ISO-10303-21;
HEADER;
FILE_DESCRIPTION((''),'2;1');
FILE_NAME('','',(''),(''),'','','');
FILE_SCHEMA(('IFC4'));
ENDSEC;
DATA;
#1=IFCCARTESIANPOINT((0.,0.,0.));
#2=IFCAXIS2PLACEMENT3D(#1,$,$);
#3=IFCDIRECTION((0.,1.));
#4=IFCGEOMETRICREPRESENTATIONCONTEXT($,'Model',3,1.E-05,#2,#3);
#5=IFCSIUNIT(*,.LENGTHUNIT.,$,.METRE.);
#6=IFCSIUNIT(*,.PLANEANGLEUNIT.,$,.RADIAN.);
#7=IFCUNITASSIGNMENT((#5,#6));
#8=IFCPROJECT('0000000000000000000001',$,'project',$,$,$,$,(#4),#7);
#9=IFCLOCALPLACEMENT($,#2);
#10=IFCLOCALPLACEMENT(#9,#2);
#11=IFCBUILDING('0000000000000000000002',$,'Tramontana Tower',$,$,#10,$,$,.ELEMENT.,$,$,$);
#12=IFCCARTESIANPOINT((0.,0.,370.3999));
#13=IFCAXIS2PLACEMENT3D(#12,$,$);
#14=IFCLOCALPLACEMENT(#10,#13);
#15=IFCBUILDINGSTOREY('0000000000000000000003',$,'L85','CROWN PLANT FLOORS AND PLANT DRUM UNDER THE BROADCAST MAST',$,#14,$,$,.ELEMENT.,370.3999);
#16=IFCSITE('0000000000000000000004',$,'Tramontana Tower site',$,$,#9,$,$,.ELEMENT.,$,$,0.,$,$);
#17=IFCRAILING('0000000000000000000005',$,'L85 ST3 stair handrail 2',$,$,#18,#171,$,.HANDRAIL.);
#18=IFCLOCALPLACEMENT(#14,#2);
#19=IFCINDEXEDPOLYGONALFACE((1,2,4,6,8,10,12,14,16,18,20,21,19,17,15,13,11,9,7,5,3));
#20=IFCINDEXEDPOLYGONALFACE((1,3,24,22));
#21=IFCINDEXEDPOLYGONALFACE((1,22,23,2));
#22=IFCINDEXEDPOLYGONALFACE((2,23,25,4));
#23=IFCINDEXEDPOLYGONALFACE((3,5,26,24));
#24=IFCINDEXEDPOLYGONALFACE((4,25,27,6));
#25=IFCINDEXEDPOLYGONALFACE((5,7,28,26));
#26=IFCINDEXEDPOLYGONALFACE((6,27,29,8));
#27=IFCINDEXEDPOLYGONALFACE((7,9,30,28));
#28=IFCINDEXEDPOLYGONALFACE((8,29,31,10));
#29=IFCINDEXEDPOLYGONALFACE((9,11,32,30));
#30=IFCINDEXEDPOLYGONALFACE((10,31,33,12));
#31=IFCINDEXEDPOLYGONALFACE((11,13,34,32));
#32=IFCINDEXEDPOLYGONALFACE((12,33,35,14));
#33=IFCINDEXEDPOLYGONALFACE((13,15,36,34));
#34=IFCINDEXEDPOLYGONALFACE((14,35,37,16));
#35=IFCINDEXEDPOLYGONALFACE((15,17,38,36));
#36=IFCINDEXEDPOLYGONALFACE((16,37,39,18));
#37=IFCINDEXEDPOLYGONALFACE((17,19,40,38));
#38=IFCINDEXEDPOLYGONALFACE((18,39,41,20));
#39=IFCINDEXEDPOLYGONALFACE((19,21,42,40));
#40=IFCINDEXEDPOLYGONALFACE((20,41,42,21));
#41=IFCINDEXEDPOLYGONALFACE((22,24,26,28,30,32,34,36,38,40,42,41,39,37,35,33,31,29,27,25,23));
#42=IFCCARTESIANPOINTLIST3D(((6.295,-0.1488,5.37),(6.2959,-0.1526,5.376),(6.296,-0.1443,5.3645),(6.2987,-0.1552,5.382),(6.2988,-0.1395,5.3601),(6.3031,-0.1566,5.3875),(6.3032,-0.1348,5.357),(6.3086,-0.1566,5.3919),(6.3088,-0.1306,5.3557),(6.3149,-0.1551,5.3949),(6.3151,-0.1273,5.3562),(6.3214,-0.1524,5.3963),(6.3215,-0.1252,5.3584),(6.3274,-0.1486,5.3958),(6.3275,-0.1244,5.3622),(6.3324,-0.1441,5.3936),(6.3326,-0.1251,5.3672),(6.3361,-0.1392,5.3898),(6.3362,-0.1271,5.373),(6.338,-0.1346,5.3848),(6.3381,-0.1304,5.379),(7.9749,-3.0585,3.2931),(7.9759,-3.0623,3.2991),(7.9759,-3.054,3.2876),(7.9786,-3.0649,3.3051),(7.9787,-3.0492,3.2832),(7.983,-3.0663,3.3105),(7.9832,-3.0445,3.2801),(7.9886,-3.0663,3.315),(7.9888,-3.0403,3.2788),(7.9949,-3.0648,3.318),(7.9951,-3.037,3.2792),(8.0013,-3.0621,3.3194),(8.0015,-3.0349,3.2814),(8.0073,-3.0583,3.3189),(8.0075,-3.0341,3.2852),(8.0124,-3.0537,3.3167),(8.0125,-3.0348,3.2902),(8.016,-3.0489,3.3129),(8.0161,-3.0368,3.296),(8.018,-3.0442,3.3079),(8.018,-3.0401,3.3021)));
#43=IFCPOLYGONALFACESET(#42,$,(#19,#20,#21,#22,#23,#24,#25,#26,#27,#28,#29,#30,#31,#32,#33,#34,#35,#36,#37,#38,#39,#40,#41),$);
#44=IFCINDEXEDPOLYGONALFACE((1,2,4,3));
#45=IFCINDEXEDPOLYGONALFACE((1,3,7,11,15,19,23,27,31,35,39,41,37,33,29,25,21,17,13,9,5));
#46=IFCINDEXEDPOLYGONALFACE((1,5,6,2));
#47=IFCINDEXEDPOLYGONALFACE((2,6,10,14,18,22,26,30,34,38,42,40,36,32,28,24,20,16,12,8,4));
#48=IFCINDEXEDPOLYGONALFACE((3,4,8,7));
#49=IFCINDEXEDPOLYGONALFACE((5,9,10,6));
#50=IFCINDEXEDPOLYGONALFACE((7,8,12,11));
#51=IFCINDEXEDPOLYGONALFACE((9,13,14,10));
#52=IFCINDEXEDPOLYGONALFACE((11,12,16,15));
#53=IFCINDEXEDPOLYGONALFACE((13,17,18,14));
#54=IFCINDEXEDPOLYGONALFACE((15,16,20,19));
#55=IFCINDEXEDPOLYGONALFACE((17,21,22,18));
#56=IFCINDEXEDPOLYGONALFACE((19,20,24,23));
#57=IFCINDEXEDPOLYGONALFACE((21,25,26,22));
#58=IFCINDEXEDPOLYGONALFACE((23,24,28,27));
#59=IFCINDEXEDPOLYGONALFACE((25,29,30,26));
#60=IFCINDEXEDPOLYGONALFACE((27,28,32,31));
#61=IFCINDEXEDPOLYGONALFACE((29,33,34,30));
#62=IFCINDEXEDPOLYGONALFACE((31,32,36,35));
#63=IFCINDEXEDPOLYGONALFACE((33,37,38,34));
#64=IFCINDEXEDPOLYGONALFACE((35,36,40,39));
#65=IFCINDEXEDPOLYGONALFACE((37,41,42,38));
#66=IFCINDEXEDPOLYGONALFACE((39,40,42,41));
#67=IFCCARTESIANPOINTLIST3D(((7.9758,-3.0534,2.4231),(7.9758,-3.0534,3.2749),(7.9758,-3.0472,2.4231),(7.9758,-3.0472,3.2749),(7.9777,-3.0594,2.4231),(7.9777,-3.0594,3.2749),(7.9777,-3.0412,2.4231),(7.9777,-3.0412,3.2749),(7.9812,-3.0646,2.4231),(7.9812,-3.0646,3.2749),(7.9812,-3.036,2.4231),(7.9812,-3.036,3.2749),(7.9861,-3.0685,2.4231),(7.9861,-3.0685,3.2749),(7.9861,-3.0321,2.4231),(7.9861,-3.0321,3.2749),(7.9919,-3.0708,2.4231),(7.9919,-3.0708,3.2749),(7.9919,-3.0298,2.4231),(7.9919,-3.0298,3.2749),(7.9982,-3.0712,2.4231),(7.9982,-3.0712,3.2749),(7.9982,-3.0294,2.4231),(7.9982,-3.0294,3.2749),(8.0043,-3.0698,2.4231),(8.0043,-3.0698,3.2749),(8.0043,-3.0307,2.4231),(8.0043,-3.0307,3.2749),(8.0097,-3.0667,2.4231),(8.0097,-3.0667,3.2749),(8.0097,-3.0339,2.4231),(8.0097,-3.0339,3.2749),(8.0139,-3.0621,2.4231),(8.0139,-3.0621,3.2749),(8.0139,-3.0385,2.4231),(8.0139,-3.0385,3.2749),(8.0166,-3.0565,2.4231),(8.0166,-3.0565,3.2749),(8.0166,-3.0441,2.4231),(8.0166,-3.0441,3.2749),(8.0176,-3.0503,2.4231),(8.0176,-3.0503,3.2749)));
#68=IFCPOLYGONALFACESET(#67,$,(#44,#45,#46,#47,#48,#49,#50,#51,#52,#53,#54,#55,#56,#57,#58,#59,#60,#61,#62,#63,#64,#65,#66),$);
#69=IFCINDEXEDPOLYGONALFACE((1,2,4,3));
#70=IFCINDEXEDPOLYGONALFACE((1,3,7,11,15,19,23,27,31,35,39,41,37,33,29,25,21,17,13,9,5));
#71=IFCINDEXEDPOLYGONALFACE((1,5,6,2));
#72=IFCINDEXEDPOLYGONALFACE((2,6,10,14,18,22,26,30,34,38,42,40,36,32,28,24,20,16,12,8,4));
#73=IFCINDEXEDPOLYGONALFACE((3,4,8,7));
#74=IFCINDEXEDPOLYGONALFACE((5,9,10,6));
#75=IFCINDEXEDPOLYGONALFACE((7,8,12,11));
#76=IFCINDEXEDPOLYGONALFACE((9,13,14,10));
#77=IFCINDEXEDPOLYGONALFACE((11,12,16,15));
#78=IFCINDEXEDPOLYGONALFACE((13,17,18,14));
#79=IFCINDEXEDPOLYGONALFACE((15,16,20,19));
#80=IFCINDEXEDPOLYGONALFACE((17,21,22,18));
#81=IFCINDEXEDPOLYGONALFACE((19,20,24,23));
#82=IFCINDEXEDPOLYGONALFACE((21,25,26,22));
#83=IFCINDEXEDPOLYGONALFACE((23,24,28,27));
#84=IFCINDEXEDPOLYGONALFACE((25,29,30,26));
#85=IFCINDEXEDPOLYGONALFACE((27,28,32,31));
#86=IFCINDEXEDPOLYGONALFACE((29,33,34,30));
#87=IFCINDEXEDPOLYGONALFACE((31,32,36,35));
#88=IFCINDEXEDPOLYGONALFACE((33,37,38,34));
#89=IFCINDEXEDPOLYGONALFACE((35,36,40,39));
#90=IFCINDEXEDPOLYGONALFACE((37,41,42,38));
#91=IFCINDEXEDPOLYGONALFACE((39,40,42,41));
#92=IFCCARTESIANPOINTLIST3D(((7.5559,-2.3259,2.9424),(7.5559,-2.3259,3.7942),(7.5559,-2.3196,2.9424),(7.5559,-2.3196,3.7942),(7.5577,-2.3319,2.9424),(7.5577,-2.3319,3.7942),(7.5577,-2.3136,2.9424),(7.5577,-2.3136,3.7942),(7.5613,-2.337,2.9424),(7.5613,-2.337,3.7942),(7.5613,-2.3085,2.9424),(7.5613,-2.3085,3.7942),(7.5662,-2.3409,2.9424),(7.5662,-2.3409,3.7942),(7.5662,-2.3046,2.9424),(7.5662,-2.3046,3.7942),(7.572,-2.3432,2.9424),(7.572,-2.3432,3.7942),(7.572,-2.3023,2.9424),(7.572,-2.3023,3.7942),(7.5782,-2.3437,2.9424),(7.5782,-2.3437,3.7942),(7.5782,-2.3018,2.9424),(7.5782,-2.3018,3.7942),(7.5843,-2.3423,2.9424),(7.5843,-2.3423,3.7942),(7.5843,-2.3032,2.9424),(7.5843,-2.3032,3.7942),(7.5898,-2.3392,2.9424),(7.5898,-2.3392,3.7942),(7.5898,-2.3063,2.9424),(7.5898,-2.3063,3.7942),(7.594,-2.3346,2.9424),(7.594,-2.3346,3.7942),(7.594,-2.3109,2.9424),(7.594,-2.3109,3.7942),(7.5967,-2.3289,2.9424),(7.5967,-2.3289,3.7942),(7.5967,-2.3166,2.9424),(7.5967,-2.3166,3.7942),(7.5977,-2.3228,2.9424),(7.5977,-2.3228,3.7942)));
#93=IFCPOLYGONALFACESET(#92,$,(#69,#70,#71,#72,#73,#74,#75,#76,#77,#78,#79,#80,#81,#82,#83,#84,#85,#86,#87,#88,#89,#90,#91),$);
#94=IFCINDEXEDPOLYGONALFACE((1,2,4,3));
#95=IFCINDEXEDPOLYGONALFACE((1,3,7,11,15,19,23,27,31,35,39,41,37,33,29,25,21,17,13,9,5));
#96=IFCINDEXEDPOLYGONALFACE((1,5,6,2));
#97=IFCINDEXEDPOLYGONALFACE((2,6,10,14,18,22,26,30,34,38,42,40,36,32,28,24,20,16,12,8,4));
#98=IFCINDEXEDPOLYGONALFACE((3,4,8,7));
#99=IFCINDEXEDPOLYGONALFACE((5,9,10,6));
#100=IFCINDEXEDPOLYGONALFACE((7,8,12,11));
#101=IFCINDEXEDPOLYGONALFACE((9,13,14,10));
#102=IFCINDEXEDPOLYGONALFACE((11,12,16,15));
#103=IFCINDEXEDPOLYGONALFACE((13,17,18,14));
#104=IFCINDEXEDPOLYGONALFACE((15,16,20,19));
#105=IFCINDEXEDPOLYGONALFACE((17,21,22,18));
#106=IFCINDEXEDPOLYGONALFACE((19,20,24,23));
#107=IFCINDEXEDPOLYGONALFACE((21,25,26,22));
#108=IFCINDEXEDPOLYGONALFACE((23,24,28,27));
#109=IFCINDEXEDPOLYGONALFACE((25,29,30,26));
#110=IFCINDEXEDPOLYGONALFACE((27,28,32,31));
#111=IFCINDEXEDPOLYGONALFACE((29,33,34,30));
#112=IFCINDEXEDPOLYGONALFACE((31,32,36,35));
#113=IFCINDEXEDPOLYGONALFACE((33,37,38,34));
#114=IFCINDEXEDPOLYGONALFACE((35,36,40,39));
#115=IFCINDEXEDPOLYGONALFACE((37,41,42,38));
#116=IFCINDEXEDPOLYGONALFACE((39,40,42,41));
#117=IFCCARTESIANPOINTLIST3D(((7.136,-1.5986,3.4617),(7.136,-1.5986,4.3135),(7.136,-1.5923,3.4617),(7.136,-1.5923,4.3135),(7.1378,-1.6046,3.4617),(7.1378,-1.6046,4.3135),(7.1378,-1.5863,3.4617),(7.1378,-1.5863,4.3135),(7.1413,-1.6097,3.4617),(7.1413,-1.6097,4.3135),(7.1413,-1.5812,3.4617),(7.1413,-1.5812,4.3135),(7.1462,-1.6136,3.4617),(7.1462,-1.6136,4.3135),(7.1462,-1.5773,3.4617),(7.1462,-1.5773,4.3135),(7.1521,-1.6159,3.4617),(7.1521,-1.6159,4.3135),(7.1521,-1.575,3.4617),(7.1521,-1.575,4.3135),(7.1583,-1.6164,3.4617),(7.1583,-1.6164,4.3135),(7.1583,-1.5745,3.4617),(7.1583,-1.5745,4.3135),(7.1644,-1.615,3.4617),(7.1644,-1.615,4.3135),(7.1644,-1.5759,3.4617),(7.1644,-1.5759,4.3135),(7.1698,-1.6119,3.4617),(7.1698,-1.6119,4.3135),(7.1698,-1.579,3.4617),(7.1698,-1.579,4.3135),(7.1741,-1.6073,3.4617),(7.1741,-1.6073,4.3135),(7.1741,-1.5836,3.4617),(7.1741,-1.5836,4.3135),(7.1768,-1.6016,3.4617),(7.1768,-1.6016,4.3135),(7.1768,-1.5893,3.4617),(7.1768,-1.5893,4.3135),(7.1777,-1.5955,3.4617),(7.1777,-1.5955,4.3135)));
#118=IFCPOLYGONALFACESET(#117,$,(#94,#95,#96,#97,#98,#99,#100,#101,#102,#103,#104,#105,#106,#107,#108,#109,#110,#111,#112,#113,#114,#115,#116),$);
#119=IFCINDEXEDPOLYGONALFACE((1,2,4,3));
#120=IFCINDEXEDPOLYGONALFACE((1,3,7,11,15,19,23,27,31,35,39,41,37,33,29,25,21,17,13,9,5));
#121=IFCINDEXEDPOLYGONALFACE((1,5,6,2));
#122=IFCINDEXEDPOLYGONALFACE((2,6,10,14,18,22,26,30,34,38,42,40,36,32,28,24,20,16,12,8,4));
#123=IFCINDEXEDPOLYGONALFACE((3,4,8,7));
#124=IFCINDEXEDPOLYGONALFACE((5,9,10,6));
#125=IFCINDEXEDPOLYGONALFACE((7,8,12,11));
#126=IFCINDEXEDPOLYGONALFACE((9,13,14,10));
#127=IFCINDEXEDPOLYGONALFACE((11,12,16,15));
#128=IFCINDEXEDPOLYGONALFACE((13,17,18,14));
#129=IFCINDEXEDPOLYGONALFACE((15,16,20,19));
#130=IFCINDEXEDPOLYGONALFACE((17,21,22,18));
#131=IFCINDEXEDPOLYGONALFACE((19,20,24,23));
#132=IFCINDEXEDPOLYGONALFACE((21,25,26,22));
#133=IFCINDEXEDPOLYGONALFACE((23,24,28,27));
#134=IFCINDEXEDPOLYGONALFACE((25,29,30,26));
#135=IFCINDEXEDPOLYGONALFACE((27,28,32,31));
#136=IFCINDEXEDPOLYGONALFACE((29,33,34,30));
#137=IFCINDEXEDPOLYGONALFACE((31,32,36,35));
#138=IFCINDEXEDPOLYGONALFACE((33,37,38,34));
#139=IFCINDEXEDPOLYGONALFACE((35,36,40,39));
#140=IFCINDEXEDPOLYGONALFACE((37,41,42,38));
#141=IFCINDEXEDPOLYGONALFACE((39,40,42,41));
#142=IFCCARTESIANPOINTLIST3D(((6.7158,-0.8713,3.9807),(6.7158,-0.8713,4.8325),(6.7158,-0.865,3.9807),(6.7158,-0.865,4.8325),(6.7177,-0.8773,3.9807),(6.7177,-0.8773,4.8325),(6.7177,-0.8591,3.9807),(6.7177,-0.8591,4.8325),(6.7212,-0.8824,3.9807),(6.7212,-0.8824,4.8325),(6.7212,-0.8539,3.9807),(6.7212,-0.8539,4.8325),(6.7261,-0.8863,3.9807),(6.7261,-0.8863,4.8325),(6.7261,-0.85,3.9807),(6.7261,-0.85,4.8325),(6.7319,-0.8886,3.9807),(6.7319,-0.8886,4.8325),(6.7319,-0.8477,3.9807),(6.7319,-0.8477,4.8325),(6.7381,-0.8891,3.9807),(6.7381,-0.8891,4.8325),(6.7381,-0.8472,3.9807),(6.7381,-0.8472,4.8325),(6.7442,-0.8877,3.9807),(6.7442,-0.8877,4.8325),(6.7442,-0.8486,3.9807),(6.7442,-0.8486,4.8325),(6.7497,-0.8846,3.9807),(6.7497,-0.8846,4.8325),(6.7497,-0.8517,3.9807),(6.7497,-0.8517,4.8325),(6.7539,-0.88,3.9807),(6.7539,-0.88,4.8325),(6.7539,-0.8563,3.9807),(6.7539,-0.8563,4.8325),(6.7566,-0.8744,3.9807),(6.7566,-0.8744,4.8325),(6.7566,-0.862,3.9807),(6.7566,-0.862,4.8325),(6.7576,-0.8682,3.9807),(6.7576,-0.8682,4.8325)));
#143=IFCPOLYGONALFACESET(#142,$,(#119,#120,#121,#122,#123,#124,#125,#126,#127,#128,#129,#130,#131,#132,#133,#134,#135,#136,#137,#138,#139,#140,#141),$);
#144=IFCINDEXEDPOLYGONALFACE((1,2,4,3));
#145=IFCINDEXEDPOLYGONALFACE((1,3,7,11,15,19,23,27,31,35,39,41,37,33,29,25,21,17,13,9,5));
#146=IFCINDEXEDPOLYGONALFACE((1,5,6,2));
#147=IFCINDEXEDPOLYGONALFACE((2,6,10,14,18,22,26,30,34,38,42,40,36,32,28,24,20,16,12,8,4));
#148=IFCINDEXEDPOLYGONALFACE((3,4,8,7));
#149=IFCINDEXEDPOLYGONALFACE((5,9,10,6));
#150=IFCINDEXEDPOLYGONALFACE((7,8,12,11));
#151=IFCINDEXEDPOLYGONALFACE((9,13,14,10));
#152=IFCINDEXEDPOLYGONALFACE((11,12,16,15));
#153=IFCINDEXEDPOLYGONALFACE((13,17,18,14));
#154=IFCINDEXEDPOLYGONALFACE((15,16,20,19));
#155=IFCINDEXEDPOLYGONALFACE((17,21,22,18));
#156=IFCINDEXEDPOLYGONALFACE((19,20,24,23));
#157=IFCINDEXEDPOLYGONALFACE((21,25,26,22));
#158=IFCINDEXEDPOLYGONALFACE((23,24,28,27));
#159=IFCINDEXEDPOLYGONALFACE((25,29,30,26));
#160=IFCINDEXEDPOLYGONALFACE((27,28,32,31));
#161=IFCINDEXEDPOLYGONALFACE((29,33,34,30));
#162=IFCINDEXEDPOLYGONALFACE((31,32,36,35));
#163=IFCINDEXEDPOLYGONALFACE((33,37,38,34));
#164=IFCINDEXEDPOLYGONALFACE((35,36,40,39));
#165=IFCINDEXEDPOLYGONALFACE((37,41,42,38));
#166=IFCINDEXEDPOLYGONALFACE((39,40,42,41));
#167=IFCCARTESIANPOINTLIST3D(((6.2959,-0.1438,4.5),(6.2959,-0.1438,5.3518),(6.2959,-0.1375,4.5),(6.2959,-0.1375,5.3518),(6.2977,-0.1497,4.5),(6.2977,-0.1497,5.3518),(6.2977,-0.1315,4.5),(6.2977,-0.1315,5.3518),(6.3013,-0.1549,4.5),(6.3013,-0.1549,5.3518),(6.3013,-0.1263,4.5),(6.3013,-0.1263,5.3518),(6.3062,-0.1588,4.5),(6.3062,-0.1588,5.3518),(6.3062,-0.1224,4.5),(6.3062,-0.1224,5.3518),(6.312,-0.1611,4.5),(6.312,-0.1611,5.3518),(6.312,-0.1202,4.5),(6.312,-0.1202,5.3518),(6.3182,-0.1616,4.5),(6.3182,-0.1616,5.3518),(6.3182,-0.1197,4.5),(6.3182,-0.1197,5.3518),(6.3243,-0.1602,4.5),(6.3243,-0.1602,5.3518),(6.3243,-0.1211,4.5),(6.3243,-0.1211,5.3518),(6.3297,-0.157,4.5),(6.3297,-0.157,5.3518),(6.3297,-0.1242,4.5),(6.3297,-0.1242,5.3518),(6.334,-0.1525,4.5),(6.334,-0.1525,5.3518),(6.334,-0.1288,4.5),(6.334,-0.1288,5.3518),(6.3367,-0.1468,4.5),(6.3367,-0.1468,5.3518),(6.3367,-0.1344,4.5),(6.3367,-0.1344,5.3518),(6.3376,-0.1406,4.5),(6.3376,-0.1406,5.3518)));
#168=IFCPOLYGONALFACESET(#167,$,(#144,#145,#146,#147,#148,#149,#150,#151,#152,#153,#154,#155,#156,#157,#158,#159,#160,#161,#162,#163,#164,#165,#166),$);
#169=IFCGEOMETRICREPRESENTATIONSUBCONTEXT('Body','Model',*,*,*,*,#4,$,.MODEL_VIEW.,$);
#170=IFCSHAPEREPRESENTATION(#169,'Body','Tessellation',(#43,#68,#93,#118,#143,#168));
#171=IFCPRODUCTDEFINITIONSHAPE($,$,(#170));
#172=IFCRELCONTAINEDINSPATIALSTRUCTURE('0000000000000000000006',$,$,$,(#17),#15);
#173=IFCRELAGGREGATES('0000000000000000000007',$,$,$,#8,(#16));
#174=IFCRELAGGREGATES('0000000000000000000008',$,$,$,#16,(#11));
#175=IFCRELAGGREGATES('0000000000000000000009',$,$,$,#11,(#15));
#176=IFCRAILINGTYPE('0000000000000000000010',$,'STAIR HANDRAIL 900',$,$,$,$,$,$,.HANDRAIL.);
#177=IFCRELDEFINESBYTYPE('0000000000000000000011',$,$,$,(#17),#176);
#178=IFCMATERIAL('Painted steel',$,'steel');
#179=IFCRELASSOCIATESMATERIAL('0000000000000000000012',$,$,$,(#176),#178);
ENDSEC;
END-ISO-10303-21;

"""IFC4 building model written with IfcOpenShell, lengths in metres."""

from ifc_helpers import new_model, si_unit, direction, frame, origin, origin_2d, place, context, subcontext, project, spatial, circle, extrude, material, type_object, element, save


model = new_model("IFC4")

# Units and contexts
model_context = context("Model", 3, precision=1e-05, world=origin(), true_north=direction((0.0, 1.0)))
body_context = subcontext(model_context, "Body", "Model", "MODEL_VIEW")
ifc_project = project(units=[si_unit("LENGTHUNIT", "METRE"), si_unit("PLANEANGLEUNIT", "RADIAN")], contexts=[model_context])

# Site, building, storey
site_placement = place(None, origin())
site = spatial("IfcSite", under=ifc_project, at=site_placement, Name="Tramontana Tower site", CompositionType="ELEMENT", RefElevation=0.0)
building_placement = place(site_placement, origin())
building = spatial("IfcBuilding", under=site, at=building_placement, Name="Tramontana Tower", CompositionType="ELEMENT")
storey_placement = place(building_placement, frame((0.0, 0.0, 370.3999)))
storey = spatial("IfcBuildingStorey", under=building, at=storey_placement, Name="L85", Description="CROWN PLANT FLOORS AND PLANT DRUM UNDER THE BROADCAST MAST", CompositionType="ELEMENT", Elevation=370.3999)

# Railing
ifc_material_1 = material(Name="Painted steel", Category="steel")
railing_type_1 = type_object("IfcRailingType", Name="STAIR HANDRAIL 900", PredefinedType="HANDRAIL", material=ifc_material_1)
railing_1_placement = place(storey_placement, frame((7.9966, -3.0503, 2.4231)))
element("IfcRailing", 1, at=railing_1_placement, inside=storey, type_object=railing_type_1, Name="L85 ST3 stair handrail 2", PredefinedType="HANDRAIL", context=body_context, shape_type="SweptSolid", body=[
    extrude(circle(Radius=0.0239, at=origin_2d()), frame((0.0, 0.0, 0.876), z_axis=(-0.425308, 0.73664, 0.525809), x_axis=(-0.866021, -0.500008, 0.0)), (0.0, 0.0, 1.0), 3.95),
    extrude(circle(Radius=0.021, at=origin_2d()), origin(), (0.0, 0.0, 1.0), 0.8518),
    extrude(circle(Radius=0.021, at=origin_2d()), frame((-0.4199, 0.7275, 0.5193)), (0.0, 0.0, 1.0), 0.8518),
    extrude(circle(Radius=0.021, at=origin_2d()), frame((-0.8398, 1.4548, 1.0386)), (0.0, 0.0, 1.0), 0.8518),
    extrude(circle(Radius=0.021, at=origin_2d()), frame((-1.26, 2.1821, 1.5576)), (0.0, 0.0, 1.0), 0.8518),
    extrude(circle(Radius=0.021, at=origin_2d()), frame((-1.6799, 2.9097, 2.0769)), (0.0, 0.0, 1.0), 0.8518),
])

save(model, "model.ifc")
